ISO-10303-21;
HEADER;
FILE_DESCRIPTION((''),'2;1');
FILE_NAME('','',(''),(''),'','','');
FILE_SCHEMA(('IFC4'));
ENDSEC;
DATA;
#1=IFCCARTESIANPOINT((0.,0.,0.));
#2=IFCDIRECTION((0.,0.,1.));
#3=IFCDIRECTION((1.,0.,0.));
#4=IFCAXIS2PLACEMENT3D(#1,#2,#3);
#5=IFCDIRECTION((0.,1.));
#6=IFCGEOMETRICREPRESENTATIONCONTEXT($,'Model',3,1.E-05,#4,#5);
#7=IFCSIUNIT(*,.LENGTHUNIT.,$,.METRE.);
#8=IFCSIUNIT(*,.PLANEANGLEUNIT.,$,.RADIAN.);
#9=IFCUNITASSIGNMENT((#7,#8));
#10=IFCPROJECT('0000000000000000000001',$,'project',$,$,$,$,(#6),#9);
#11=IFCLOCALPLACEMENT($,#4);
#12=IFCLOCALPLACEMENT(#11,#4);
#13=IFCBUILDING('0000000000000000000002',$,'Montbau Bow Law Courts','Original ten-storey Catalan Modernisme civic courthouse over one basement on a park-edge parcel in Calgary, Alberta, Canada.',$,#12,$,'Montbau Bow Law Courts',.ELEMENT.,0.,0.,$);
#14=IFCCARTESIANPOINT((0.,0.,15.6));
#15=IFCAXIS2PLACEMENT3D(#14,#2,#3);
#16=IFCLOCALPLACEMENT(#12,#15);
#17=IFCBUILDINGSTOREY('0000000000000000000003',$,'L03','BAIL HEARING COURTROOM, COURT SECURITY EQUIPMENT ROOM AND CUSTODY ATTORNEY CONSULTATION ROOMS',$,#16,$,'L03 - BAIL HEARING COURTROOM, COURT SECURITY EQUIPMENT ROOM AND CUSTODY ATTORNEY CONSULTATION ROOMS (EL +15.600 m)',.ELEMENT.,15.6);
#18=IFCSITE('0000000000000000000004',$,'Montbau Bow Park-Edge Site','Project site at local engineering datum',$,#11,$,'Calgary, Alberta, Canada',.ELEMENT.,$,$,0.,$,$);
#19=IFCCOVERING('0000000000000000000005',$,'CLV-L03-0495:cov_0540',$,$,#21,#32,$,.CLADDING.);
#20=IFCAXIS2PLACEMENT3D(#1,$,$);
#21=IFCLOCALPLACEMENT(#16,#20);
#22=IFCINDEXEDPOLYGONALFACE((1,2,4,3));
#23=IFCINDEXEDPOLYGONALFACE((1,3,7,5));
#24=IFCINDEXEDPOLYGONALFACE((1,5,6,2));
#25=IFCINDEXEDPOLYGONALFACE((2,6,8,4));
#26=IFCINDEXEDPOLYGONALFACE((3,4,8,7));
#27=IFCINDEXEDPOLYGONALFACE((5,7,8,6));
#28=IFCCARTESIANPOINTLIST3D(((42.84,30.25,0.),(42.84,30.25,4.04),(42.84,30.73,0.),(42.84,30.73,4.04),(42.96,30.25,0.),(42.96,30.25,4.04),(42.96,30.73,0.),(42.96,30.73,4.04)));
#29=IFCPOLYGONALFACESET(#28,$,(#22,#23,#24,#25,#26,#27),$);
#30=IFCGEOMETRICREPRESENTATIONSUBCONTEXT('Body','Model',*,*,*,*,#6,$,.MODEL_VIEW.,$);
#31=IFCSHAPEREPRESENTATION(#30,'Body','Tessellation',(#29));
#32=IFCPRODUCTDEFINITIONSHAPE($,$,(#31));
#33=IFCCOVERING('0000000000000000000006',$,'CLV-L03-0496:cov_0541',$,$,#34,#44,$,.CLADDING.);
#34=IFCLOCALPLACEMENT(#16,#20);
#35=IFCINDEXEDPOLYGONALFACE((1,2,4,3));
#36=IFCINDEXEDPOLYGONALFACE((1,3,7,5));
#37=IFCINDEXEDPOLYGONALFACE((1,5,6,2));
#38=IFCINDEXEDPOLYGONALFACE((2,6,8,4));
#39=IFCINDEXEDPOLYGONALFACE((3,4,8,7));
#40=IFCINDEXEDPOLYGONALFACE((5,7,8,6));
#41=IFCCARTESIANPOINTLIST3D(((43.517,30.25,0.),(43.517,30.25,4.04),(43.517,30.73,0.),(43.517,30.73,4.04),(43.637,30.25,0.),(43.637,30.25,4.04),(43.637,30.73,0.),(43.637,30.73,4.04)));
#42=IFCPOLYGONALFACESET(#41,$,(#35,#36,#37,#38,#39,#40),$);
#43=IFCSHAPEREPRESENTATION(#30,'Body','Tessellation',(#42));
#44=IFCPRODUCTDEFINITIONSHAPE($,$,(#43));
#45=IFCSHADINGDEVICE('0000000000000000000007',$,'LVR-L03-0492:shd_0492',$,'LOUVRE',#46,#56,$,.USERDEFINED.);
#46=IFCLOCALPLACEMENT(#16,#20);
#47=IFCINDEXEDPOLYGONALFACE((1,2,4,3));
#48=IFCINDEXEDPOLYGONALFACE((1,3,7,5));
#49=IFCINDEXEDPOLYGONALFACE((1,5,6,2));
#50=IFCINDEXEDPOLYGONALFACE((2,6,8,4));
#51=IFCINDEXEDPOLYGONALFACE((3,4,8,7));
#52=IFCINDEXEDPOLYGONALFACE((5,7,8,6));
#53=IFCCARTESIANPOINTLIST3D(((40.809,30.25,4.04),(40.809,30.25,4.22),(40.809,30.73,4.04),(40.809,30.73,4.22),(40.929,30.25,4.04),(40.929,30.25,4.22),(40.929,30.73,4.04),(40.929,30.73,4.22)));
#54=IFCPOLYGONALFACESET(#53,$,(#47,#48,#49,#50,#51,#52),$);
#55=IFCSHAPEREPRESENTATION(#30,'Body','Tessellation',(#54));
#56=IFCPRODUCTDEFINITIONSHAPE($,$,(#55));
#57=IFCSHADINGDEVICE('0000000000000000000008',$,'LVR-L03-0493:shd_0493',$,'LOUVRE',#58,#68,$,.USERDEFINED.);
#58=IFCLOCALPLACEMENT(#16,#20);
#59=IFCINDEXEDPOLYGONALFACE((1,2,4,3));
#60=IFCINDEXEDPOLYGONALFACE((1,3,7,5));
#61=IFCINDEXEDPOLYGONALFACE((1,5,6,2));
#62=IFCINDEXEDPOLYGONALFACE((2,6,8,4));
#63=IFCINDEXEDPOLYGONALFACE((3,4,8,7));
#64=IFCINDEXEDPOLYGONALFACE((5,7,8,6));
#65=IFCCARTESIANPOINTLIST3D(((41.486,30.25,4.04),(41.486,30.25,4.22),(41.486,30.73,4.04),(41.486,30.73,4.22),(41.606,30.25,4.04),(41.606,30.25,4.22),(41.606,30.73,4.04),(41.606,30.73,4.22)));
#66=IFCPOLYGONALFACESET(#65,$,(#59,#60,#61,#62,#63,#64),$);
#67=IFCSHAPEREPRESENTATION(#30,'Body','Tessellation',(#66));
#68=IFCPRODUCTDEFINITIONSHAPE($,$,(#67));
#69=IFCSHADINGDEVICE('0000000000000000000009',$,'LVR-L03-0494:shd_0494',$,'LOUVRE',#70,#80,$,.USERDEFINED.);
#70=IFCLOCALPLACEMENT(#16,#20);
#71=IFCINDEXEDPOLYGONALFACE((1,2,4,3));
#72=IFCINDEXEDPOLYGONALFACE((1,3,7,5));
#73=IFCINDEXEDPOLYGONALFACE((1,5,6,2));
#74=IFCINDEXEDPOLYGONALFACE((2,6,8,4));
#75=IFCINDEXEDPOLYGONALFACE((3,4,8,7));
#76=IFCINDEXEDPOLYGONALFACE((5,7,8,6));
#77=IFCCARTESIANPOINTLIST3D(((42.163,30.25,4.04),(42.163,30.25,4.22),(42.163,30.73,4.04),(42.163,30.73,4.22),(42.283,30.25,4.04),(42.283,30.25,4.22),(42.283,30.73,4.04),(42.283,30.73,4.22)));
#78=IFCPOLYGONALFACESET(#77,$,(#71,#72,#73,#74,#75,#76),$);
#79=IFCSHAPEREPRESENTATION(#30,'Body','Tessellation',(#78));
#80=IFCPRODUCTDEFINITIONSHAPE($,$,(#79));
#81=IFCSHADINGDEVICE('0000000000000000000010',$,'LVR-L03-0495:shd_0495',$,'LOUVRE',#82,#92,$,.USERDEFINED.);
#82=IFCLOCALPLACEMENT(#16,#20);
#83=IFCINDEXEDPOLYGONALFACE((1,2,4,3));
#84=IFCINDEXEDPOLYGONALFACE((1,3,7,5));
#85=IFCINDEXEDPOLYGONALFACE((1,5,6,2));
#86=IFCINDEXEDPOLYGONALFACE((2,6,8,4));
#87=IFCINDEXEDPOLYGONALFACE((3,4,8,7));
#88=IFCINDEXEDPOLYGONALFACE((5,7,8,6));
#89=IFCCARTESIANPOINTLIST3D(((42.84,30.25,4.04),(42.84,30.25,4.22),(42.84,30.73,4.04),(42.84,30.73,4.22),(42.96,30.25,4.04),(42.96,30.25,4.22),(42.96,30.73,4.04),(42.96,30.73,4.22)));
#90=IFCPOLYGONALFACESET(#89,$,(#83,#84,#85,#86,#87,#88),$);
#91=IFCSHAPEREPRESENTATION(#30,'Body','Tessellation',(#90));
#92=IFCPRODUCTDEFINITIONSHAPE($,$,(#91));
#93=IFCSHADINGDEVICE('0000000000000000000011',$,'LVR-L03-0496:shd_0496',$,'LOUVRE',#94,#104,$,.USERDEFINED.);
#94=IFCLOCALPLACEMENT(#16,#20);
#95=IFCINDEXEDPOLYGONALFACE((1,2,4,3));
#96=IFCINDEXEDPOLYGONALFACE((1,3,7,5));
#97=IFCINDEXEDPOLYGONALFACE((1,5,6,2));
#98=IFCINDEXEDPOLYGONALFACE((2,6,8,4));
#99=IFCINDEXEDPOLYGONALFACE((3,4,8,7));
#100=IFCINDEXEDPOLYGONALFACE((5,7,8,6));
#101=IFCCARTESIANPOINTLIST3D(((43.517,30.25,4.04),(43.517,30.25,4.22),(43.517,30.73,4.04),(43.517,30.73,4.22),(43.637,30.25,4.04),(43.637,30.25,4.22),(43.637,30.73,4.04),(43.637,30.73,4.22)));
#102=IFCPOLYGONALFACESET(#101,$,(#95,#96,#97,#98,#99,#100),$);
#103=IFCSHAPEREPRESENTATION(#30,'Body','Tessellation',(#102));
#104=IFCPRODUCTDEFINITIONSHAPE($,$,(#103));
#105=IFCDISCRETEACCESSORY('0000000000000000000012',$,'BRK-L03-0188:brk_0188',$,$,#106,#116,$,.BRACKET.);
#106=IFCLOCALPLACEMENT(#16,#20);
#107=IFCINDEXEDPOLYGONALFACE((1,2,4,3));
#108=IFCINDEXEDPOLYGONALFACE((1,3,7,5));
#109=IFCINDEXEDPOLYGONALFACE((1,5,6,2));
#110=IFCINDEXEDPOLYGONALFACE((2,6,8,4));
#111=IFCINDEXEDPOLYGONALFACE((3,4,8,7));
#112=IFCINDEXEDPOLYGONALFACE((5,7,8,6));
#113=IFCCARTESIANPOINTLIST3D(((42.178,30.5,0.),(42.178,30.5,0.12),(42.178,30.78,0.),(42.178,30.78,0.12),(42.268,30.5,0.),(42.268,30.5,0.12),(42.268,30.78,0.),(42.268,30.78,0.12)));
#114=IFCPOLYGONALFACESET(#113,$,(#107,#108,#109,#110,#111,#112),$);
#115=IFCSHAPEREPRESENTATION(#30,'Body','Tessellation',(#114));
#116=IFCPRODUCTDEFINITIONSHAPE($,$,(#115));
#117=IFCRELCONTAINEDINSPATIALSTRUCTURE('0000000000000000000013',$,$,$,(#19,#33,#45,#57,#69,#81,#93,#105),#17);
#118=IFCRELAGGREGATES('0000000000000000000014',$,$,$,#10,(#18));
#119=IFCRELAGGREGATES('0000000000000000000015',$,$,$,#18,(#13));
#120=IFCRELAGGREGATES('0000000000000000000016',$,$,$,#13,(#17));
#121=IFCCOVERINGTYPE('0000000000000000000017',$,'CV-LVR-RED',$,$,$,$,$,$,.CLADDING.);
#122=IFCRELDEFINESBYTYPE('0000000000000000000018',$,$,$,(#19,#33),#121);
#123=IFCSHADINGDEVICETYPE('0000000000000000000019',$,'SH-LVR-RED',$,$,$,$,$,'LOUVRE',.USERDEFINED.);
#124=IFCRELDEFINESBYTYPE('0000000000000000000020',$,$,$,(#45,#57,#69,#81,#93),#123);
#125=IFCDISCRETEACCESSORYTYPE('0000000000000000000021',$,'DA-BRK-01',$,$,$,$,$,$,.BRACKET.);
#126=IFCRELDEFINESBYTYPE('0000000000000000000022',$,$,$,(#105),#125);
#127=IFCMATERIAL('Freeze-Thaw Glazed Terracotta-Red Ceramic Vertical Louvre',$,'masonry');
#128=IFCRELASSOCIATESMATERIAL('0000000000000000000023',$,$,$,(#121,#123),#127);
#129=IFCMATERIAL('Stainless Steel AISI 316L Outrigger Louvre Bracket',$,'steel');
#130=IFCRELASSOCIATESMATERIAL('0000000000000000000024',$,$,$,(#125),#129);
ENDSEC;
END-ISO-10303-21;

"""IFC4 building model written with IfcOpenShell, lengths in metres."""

from ifc_helpers import new_model, si_unit, direction, frame, frame_2d, origin_with_axes, origin_2d_with_axis, place, context, subcontext, project, spatial, rectangle, extrude, material, type_object, element, save


model = new_model("IFC4")

# Units and contexts
model_context = context("Model", 3, precision=1e-05, world=origin_with_axes(), true_north=direction((0.0, 1.0)))
body_context = subcontext(model_context, "Body", "Model", "MODEL_VIEW")
ifc_project = project(units=[si_unit("LENGTHUNIT", "METRE"), si_unit("PLANEANGLEUNIT", "RADIAN")], contexts=[model_context])

# Site, building, storey
site_placement = place(None, origin_with_axes())
site = spatial("IfcSite", under=ifc_project, at=site_placement, Name="Montbau Bow Park-Edge Site", Description="Project site at local engineering datum", LongName="Calgary, Alberta, Canada", CompositionType="ELEMENT", RefElevation=0.0)
building_placement = place(site_placement, origin_with_axes())
building = spatial("IfcBuilding", under=site, at=building_placement, Name="Montbau Bow Law Courts", Description="Original ten-storey Catalan Modernisme civic courthouse over one basement on a park-edge parcel in Calgary, Alberta, Canada.", LongName="Montbau Bow Law Courts", CompositionType="ELEMENT", ElevationOfRefHeight=0.0, ElevationOfTerrain=0.0)
storey_placement = place(building_placement, frame((0.0, 0.0, 15.6), z_axis=(0.0, 0.0, 1.0), x_axis=(1.0, 0.0, 0.0)))
storey = spatial("IfcBuildingStorey", under=building, at=storey_placement, Name="L03", Description="BAIL HEARING COURTROOM, COURT SECURITY EQUIPMENT ROOM AND CUSTODY ATTORNEY CONSULTATION ROOMS", LongName="L03 - BAIL HEARING COURTROOM, COURT SECURITY EQUIPMENT ROOM AND CUSTODY ATTORNEY CONSULTATION ROOMS (EL +15.600 m)", CompositionType="ELEMENT", Elevation=15.6)

# Coverings
ifc_material_1 = material(Name="Freeze-Thaw Glazed Terracotta-Red Ceramic Vertical Louvre", Category="masonry")
covering_type = type_object("IfcCoveringType", Name="CV-LVR-RED", PredefinedType="CLADDING", material=ifc_material_1)
for number, where, z_axis, x_axis, name in (
    (1, (42.9, 30.73, 15.6), (-1.0, 0.0, 0.0), (0.0, -1.0, 0.0), "CLV-L03-0495:cov_0540"),
    (2, (43.577, 30.73, 15.6), (-1.0, 0.0, 0.0), (0.0, -1.0, 0.0), "CLV-L03-0496:cov_0541"),
):
    element("IfcCovering", number, at=place(None, frame(where, z_axis=z_axis, x_axis=x_axis)), inside=storey, type_object=covering_type, Name=name, PredefinedType="CLADDING", context=body_context, shape_type="SweptSolid", body=[
        extrude(rectangle(XDim=0.48, YDim=4.04, at=frame_2d((0.24, 2.02), x_axis=(1.0, 0.0))), frame((0.0, 0.0, -0.06), z_axis=(0.0, 0.0, 1.0), x_axis=(1.0, 0.0, 0.0)), (0.0, 0.0, 1.0), 0.12),
    ])

# Shading devices
shading_device_type = type_object("IfcShadingDeviceType", Name="SH-LVR-RED", ElementType="LOUVRE", PredefinedType="USERDEFINED", material=ifc_material_1)
for number, where, z_axis, x_axis, name in (
    (3, (40.869, 30.49, 19.64), (0.0, 0.0, 1.0), (0.0, -1.0, 0.0), "LVR-L03-0492:shd_0492"),
    (4, (41.546, 30.49, 19.64), (0.0, 0.0, 1.0), (0.0, -1.0, 0.0), "LVR-L03-0493:shd_0493"),
    (5, (42.223, 30.49, 19.64), (0.0, 0.0, 1.0), (0.0, -1.0, 0.0), "LVR-L03-0494:shd_0494"),
    (6, (42.9, 30.49, 19.64), (0.0, 0.0, 1.0), (0.0, -1.0, 0.0), "LVR-L03-0495:shd_0495"),
    (7, (43.577, 30.49, 19.64), (0.0, 0.0, 1.0), (0.0, -1.0, 0.0), "LVR-L03-0496:shd_0496"),
):
    element("IfcShadingDevice", number, at=place(None, frame(where, z_axis=z_axis, x_axis=x_axis)), inside=storey, type_object=shading_device_type, Name=name, ObjectType="LOUVRE", PredefinedType="USERDEFINED", context=body_context, shape_type="SweptSolid", body=[
        extrude(rectangle(XDim=0.48, YDim=0.12, at=origin_2d_with_axis()), origin_with_axes(), (0.0, 0.0, 1.0), 0.18),
    ])

# Discrete accessory
ifc_material_2 = material(Name="Stainless Steel AISI 316L Outrigger Louvre Bracket", Category="steel")
discrete_accessory_type = type_object("IfcDiscreteAccessoryType", Name="DA-BRK-01", PredefinedType="BRACKET", material=ifc_material_2)
discrete_accessory_placement = place(None, frame((42.223, 30.64, 15.6), z_axis=(0.0, 0.0, 1.0), x_axis=(0.0, -1.0, 0.0)))
element("IfcDiscreteAccessory", 8, at=discrete_accessory_placement, inside=storey, type_object=discrete_accessory_type, Name="BRK-L03-0188:brk_0188", PredefinedType="BRACKET", context=body_context, shape_type="SweptSolid", body=[
    extrude(rectangle(XDim=0.28, YDim=0.09, at=origin_2d_with_axis()), origin_with_axes(), (0.0, 0.0, 1.0), 0.12),
])

save(model, "model.ifc")
